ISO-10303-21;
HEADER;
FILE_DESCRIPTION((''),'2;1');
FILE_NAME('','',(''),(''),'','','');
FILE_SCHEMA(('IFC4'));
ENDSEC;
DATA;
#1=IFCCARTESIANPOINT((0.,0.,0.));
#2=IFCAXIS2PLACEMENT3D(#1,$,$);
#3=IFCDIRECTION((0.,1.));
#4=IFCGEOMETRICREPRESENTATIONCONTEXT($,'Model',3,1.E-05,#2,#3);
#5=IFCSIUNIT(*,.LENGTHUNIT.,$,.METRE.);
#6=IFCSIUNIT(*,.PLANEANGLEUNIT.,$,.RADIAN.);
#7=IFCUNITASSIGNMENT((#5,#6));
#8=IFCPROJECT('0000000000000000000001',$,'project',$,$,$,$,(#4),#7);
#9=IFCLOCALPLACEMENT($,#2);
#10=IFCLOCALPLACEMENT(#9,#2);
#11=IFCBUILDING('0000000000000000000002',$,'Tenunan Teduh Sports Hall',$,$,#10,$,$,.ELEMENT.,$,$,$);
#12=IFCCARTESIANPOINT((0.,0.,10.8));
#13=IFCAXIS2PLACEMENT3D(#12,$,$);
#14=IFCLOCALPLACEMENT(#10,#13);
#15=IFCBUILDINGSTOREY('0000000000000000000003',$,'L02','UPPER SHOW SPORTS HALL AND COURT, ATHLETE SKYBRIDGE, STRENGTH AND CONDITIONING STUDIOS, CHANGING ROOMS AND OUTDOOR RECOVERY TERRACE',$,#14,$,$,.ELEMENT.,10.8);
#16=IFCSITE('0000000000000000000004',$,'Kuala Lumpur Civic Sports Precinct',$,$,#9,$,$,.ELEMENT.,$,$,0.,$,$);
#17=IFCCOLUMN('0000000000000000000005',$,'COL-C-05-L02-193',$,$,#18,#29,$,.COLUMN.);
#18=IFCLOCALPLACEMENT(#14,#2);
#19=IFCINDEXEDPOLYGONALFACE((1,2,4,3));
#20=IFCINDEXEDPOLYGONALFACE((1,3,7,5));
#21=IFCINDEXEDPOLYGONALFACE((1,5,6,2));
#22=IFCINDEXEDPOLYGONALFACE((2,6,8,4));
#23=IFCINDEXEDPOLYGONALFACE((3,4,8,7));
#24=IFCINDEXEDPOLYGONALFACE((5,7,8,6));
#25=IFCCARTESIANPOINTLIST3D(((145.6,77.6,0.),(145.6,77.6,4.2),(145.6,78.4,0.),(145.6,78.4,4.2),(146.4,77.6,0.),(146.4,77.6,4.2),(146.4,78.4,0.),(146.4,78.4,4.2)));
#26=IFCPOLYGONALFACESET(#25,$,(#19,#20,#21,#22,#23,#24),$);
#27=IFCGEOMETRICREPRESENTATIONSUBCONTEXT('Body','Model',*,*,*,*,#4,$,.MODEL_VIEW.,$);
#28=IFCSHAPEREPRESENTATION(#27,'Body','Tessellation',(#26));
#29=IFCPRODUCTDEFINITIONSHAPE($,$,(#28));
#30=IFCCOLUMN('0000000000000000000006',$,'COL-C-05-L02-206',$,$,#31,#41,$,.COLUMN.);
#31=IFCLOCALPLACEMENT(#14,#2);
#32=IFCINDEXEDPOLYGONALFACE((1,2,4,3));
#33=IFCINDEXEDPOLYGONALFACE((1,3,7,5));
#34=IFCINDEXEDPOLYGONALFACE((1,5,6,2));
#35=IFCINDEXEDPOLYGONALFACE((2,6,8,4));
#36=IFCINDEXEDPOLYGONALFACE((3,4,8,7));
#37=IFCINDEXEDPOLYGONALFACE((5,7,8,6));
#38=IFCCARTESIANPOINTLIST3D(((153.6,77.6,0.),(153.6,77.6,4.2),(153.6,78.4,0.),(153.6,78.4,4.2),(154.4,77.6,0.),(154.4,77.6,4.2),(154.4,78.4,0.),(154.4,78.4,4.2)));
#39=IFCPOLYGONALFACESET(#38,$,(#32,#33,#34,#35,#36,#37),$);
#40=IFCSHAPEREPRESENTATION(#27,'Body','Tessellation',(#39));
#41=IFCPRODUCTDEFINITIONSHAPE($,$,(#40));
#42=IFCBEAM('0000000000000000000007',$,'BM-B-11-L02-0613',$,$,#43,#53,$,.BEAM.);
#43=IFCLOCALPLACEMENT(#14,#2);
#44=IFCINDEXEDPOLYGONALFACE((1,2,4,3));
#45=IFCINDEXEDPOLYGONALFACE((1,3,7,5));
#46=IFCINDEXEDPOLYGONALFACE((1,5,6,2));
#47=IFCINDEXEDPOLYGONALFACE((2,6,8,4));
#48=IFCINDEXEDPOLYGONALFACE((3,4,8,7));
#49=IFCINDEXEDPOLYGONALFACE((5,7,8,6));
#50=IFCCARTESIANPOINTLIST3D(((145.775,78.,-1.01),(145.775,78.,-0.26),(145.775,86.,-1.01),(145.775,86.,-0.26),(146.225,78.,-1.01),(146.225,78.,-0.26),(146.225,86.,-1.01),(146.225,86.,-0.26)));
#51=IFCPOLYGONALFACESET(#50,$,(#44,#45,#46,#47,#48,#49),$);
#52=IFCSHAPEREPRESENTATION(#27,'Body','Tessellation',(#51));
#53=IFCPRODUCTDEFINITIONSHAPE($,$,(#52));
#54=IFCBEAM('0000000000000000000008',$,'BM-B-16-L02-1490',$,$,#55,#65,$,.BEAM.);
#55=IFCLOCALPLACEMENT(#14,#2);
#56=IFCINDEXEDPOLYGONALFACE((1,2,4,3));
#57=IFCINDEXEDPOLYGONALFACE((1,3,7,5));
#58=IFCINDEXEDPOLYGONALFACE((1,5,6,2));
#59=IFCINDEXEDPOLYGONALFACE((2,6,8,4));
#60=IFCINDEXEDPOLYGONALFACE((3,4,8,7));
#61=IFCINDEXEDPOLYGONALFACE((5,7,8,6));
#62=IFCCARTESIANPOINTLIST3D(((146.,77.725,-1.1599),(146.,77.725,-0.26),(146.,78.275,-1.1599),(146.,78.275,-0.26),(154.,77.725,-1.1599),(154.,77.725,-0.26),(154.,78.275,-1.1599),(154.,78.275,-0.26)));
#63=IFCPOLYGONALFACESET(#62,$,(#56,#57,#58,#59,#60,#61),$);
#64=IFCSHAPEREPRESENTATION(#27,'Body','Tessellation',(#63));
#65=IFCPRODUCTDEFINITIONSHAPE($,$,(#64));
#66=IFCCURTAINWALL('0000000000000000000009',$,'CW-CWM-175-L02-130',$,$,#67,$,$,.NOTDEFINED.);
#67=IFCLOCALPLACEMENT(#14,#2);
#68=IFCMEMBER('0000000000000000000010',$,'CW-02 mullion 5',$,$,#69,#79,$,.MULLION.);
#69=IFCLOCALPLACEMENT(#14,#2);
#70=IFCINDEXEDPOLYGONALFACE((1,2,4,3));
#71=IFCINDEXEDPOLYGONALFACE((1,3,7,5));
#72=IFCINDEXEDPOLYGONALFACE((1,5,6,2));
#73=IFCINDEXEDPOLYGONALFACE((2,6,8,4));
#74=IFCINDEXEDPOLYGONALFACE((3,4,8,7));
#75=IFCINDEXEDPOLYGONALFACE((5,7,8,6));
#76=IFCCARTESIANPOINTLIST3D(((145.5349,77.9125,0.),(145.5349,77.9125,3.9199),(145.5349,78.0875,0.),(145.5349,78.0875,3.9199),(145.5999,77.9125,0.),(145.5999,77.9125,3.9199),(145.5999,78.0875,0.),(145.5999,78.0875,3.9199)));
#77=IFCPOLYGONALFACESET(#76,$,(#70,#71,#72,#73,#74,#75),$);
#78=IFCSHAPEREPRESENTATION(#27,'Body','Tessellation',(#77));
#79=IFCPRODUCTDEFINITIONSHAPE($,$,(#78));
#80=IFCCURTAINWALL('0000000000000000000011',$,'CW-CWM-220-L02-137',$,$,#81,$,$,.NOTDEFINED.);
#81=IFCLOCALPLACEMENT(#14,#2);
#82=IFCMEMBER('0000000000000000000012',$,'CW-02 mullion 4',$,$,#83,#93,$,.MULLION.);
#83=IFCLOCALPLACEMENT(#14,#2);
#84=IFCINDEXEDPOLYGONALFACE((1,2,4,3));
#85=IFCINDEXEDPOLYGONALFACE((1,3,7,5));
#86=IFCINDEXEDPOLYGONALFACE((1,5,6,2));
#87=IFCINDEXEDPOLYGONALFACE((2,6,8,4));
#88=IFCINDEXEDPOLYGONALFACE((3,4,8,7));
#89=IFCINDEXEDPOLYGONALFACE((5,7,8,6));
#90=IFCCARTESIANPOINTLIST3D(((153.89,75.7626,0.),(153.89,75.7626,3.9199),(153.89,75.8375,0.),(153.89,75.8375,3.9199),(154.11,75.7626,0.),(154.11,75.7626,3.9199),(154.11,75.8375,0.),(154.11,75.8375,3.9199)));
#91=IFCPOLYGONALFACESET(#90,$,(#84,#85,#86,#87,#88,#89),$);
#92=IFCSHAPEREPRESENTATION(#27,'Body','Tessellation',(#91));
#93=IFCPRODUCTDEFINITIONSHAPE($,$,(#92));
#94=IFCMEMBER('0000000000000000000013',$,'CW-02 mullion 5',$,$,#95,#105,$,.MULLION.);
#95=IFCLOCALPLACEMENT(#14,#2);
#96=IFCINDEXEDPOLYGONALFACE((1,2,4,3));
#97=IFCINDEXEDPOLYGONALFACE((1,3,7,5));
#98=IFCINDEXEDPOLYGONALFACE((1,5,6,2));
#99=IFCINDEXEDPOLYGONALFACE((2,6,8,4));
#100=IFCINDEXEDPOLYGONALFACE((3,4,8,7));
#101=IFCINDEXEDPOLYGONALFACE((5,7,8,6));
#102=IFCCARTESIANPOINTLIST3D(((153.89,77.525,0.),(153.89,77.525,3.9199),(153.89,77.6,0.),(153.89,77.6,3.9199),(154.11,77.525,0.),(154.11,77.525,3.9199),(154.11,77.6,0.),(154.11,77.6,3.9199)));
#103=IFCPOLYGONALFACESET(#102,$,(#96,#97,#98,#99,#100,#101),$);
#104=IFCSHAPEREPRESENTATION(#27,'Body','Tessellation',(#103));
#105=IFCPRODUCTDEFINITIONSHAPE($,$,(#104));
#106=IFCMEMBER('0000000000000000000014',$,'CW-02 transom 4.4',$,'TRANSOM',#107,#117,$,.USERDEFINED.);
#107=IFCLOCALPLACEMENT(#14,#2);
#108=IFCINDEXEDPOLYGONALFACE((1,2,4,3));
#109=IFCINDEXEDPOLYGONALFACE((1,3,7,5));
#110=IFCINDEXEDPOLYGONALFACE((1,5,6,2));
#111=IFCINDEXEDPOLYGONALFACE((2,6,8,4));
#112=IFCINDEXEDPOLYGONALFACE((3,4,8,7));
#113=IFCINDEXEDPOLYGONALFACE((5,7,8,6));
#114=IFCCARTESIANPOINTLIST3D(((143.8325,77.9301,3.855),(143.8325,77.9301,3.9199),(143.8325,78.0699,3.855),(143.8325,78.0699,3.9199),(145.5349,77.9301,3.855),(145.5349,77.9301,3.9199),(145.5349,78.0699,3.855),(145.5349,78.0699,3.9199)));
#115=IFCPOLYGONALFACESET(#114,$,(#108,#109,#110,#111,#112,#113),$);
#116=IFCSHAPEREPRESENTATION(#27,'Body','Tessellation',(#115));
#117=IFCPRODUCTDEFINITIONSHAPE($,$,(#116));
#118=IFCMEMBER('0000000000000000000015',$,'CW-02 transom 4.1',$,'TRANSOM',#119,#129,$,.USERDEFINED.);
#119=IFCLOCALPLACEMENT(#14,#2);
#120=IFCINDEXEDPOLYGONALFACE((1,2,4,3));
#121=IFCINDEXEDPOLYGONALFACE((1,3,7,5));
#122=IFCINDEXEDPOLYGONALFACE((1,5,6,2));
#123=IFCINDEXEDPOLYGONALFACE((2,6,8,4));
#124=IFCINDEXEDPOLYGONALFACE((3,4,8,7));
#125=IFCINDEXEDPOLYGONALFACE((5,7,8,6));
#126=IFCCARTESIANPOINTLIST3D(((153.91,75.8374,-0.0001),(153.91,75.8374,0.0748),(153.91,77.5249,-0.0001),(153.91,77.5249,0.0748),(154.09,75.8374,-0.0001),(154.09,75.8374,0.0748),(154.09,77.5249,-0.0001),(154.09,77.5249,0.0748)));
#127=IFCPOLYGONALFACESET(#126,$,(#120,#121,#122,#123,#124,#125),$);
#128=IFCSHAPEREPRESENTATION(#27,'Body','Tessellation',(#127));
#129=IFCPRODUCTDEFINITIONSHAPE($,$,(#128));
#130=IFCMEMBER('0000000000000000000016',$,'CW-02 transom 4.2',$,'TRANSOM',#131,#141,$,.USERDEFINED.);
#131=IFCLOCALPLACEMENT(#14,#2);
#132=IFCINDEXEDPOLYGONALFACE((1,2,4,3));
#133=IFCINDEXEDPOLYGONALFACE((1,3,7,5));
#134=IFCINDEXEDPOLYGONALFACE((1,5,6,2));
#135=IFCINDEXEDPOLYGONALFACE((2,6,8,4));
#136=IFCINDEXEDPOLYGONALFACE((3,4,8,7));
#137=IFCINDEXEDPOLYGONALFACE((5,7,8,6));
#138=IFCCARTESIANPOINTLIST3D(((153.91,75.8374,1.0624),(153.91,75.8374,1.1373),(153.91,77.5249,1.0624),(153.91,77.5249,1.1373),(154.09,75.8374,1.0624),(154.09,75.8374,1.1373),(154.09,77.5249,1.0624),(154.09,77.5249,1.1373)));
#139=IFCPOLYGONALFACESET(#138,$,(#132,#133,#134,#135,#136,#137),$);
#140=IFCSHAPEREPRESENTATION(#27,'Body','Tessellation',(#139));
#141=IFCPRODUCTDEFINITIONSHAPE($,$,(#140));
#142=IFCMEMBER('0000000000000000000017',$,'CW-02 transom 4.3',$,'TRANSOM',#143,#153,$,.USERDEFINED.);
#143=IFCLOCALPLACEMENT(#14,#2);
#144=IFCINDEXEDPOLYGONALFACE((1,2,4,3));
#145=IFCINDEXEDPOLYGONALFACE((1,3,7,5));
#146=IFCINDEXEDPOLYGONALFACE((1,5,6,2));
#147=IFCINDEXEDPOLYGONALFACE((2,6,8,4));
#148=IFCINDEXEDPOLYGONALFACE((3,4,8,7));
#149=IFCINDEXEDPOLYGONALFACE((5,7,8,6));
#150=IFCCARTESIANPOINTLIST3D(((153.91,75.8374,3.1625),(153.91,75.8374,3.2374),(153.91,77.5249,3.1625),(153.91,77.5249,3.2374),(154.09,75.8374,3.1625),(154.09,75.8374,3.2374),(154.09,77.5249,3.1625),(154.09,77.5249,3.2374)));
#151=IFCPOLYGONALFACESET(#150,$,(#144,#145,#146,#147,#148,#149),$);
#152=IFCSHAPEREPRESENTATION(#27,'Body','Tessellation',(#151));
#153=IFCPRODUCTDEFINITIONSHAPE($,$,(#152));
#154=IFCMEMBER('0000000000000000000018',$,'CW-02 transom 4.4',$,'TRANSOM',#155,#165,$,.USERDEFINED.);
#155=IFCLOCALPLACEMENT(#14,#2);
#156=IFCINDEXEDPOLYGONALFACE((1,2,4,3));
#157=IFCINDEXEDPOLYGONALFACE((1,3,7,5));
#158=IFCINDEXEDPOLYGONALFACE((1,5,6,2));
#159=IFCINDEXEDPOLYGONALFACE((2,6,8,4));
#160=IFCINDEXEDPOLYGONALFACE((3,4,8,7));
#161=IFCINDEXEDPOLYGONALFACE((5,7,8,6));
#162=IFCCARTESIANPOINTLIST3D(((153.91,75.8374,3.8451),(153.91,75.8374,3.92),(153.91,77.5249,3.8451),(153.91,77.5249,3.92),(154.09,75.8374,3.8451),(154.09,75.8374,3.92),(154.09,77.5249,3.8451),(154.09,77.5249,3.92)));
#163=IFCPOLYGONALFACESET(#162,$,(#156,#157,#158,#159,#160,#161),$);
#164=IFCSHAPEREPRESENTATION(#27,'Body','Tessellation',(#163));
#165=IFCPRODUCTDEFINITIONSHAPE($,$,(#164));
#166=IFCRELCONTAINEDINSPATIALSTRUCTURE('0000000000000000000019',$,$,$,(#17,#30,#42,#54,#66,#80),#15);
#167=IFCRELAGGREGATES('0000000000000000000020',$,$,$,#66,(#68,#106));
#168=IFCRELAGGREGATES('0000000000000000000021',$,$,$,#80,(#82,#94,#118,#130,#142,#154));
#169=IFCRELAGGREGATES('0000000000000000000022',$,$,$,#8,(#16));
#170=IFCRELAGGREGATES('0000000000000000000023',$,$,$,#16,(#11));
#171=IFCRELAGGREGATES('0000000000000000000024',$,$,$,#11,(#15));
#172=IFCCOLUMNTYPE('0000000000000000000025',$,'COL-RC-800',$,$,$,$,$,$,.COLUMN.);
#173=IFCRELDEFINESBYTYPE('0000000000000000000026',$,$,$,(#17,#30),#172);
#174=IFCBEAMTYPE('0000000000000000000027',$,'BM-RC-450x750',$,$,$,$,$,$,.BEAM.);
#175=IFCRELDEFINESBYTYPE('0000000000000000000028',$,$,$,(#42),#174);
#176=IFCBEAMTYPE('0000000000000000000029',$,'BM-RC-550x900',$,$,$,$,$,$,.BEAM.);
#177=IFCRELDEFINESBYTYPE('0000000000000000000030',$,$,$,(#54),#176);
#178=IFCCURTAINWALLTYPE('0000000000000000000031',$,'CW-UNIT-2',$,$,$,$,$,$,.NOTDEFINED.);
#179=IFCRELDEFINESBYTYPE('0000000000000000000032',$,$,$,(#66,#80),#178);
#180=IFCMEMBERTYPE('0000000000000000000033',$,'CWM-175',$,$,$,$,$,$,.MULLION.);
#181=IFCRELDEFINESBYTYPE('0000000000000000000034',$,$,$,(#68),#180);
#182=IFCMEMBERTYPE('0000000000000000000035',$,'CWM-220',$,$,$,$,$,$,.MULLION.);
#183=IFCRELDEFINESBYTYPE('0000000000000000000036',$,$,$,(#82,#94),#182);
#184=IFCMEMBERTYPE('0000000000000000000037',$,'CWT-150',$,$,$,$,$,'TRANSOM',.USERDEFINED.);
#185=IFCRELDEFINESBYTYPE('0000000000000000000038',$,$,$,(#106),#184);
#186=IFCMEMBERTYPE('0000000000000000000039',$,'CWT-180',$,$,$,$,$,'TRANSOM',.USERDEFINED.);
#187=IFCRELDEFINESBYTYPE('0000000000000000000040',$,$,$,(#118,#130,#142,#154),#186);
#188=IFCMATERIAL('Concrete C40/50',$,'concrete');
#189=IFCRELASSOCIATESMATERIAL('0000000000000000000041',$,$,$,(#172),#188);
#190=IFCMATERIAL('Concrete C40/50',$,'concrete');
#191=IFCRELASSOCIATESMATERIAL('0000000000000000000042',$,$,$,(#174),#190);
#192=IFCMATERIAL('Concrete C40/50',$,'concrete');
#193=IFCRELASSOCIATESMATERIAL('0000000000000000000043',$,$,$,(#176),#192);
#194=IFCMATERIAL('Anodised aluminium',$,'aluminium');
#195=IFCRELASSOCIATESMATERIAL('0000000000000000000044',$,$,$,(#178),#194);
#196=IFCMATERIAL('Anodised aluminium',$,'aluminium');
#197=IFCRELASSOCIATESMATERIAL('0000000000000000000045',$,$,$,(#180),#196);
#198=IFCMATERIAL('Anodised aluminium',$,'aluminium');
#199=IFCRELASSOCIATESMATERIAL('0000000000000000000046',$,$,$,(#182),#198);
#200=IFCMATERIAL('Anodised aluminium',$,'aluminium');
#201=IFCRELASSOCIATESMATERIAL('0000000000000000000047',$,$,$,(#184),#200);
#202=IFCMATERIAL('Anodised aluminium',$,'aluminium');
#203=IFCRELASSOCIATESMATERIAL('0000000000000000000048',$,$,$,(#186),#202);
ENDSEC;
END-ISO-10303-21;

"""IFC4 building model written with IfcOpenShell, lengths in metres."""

from ifc_helpers import new_model, si_unit, direction, frame, origin, origin_2d, place, context, subcontext, project, spatial, rectangle, extrude, material, material_profile, profile_set, type_object, element, aggregate, save


model = new_model("IFC4")

# Units and contexts
model_context = context("Model", 3, precision=1e-05, world=origin(), true_north=direction((0.0, 1.0)))
body_context = subcontext(model_context, "Body", "Model", "MODEL_VIEW")
ifc_project = project(units=[si_unit("LENGTHUNIT", "METRE"), si_unit("PLANEANGLEUNIT", "RADIAN")], contexts=[model_context])

# Site, building, storey
site_placement = place(None, origin())
site = spatial("IfcSite", under=ifc_project, at=site_placement, Name="Kuala Lumpur Civic Sports Precinct", CompositionType="ELEMENT", RefElevation=0.0)
building_placement = place(site_placement, origin())
building = spatial("IfcBuilding", under=site, at=building_placement, Name="Tenunan Teduh Sports Hall", CompositionType="ELEMENT")
storey_placement = place(building_placement, frame((0.0, 0.0, 10.8)))
storey = spatial("IfcBuildingStorey", under=building, at=storey_placement, Name="L02", Description="UPPER SHOW SPORTS HALL AND COURT, ATHLETE SKYBRIDGE, STRENGTH AND CONDITIONING STUDIOS, CHANGING ROOMS AND OUTDOOR RECOVERY TERRACE", CompositionType="ELEMENT", Elevation=10.8)

# Columns
ifc_material_1 = material(Name="Concrete C40/50", Category="concrete")
ifc_material_profile_1 = material_profile(ifc_material_1, rectangle(XDim=0.8, YDim=0.8, at=origin_2d()), Name="RC 800x800")
ifc_profile_set_1 = profile_set([ifc_material_profile_1], Name="Concrete C40/50")
column_type = type_object("IfcColumnType", Name="COL-RC-800", PredefinedType="COLUMN", material=ifc_profile_set_1)
for number, where, z_axis, x_axis, name in (
    (1, (146.0, 78.0, 0.0), (0.0, 0.0, 1.0), (1.0, 0.0, 0.0), "COL-C-05-L02-193"),
    (2, (154.0, 78.0, 0.0), (0.0, 0.0, 1.0), (1.0, 0.0, 0.0), "COL-C-05-L02-206"),
):
    element("IfcColumn", number, at=place(storey_placement, frame(where, z_axis=z_axis, x_axis=x_axis)), inside=storey, type_object=column_type, Name=name, PredefinedType="COLUMN", context=body_context, shape_type="SweptSolid", body=[
        extrude(rectangle(XDim=0.8, YDim=0.8, at=origin_2d()), origin(), (0.0, 0.0, 1.0), 4.2),
    ])

# Beams
ifc_material_2 = material(Name="Concrete C40/50", Category="concrete")
ifc_material_profile_2 = material_profile(ifc_material_2, rectangle(XDim=0.45, YDim=0.75, at=origin_2d()), Name="RCB 450x750")
ifc_profile_set_2 = profile_set([ifc_material_profile_2], Name="Concrete C40/50")
beam_type_1 = type_object("IfcBeamType", Name="BM-RC-450x750", PredefinedType="BEAM", material=ifc_profile_set_2)
beam_1_placement = place(storey_placement, frame((146.0, 78.0, -0.635), z_axis=(0.0, 1.0, 0.0), x_axis=(-1.0, 0.0, 0.0)))
element("IfcBeam", 3, at=beam_1_placement, inside=storey, type_object=beam_type_1, Name="BM-B-11-L02-0613", PredefinedType="BEAM", context=body_context, shape_type="SweptSolid", body=[
    extrude(rectangle(XDim=0.45, YDim=0.75, at=origin_2d()), origin(), (0.0, 0.0, 1.0), 8.0),
])
ifc_material_3 = material(Name="Concrete C40/50", Category="concrete")
ifc_material_profile_3 = material_profile(ifc_material_3, rectangle(XDim=0.55, YDim=0.8999, at=origin_2d()), Name="RCB 550x900")
ifc_profile_set_3 = profile_set([ifc_material_profile_3], Name="Concrete C40/50")
beam_type_2 = type_object("IfcBeamType", Name="BM-RC-550x900", PredefinedType="BEAM", material=ifc_profile_set_3)
beam_2_placement = place(storey_placement, frame((146.0, 78.0, -0.71), z_axis=(1.0, 0.0, 0.0), x_axis=(0.0, 1.0, 0.0)))
element("IfcBeam", 4, at=beam_2_placement, inside=storey, type_object=beam_type_2, Name="BM-B-16-L02-1490", PredefinedType="BEAM", context=body_context, shape_type="SweptSolid", body=[
    extrude(rectangle(XDim=0.55, YDim=0.8999, at=origin_2d()), origin(), (0.0, 0.0, 1.0), 8.0),
])

# Curtain wall, member
ifc_material_4 = material(Name="Anodised aluminium", Category="aluminium")
curtain_wall_type = type_object("IfcCurtainWallType", Name="CW-UNIT-2", PredefinedType="NOTDEFINED", material=ifc_material_4)
curtain_wall_1_placement = place(storey_placement, origin())
curtain_wall_1 = element("IfcCurtainWall", 5, at=curtain_wall_1_placement, inside=storey, type_object=curtain_wall_type, Name="CW-CWM-175-L02-130", PredefinedType="NOTDEFINED")
ifc_material_5 = material(Name="Anodised aluminium", Category="aluminium")
ifc_material_profile_4 = material_profile(ifc_material_5, rectangle(XDim=0.0649, YDim=0.175, at=origin_2d()), Name="CWM 65x175")
ifc_profile_set_4 = profile_set([ifc_material_profile_4], Name="Anodised aluminium")
member_type_1 = type_object("IfcMemberType", Name="CWM-175", PredefinedType="MULLION", material=ifc_profile_set_4)
member_1_placement = place(storey_placement, frame((145.5674, 78.0, 0.0), z_axis=(0.0, 0.0, 1.0), x_axis=(1.0, 0.0, 0.0)))
member_1 = element("IfcMember", 6, at=member_1_placement, type_object=member_type_1, Name="CW-02 mullion 5", PredefinedType="MULLION", context=body_context, shape_type="SweptSolid", body=[
    extrude(rectangle(XDim=0.0649, YDim=0.175, at=origin_2d()), origin(), (0.0, 0.0, 1.0), 3.9199),
])

# Curtain wall, members
curtain_wall_2_placement = place(storey_placement, origin())
curtain_wall_2 = element("IfcCurtainWall", 7, at=curtain_wall_2_placement, inside=storey, type_object=curtain_wall_type, Name="CW-CWM-220-L02-137", PredefinedType="NOTDEFINED")
ifc_material_6 = material(Name="Anodised aluminium", Category="aluminium")
ifc_material_profile_5 = material_profile(ifc_material_6, rectangle(XDim=0.075, YDim=0.22, at=origin_2d()), Name="CWM 75x220")
ifc_profile_set_5 = profile_set([ifc_material_profile_5], Name="Anodised aluminium")
member_type_2 = type_object("IfcMemberType", Name="CWM-220", PredefinedType="MULLION", material=ifc_profile_set_5)
member_2_placement = place(storey_placement, frame((154.0, 75.8, 0.0), z_axis=(0.0, 0.0, 1.0), x_axis=(0.0, 1.0, 0.0)))
member_2 = element("IfcMember", 8, at=member_2_placement, type_object=member_type_2, Name="CW-02 mullion 4", PredefinedType="MULLION", context=body_context, shape_type="SweptSolid", body=[
    extrude(rectangle(XDim=0.075, YDim=0.22, at=origin_2d()), origin(), (0.0, 0.0, 1.0), 3.9199),
])
member_3_placement = place(storey_placement, frame((154.0, 77.5625, 0.0), z_axis=(0.0, 0.0, 1.0), x_axis=(0.0, 1.0, 0.0)))
member_3 = element("IfcMember", 9, at=member_3_placement, type_object=member_type_2, Name="CW-02 mullion 5", PredefinedType="MULLION", context=body_context, shape_type="SweptSolid", body=[
    extrude(rectangle(XDim=0.075, YDim=0.22, at=origin_2d()), origin(), (0.0, 0.0, 1.0), 3.9199),
])

# Members
ifc_material_7 = material(Name="Anodised aluminium", Category="aluminium")
ifc_material_profile_6 = material_profile(ifc_material_7, rectangle(XDim=0.0649, YDim=0.1399, at=origin_2d()), Name="CWT 65x140")
ifc_profile_set_6 = profile_set([ifc_material_profile_6], Name="Anodised aluminium")
member_type_3 = type_object("IfcMemberType", Name="CWT-150", ElementType="TRANSOM", PredefinedType="USERDEFINED", material=ifc_profile_set_6)
member_4_placement = place(storey_placement, frame((143.8325, 78.0, 3.8875), z_axis=(1.0, 0.0, 0.0), x_axis=(0.0, 0.0, 1.0)))
member_4 = element("IfcMember", 10, at=member_4_placement, type_object=member_type_3, Name="CW-02 transom 4.4", ObjectType="TRANSOM", PredefinedType="USERDEFINED", context=body_context, shape_type="SweptSolid", body=[
    extrude(rectangle(XDim=0.0649, YDim=0.1399, at=origin_2d()), origin(), (0.0, 0.0, 1.0), 1.7024),
])
ifc_material_8 = material(Name="Anodised aluminium", Category="aluminium")
ifc_material_profile_7 = material_profile(ifc_material_8, rectangle(XDim=0.075, YDim=0.1799, at=origin_2d()), Name="CWT 75x180")
ifc_profile_set_7 = profile_set([ifc_material_profile_7], Name="Anodised aluminium")
member_type_4 = type_object("IfcMemberType", Name="CWT-180", ElementType="TRANSOM", PredefinedType="USERDEFINED", material=ifc_profile_set_7)
member_5_placement = place(storey_placement, frame((154.0, 75.8374, 0.0374), z_axis=(0.0, 1.0, 0.0), x_axis=(0.0, 0.0, 1.0)))
member_5 = element("IfcMember", 11, at=member_5_placement, type_object=member_type_4, Name="CW-02 transom 4.1", ObjectType="TRANSOM", PredefinedType="USERDEFINED", context=body_context, shape_type="SweptSolid", body=[
    extrude(rectangle(XDim=0.075, YDim=0.1799, at=origin_2d()), origin(), (0.0, 0.0, 1.0), 1.6875),
])
member_6_placement = place(storey_placement, frame((154.0, 75.8374, 1.0999), z_axis=(0.0, 1.0, 0.0), x_axis=(0.0, 0.0, 1.0)))
member_6 = element("IfcMember", 12, at=member_6_placement, type_object=member_type_4, Name="CW-02 transom 4.2", ObjectType="TRANSOM", PredefinedType="USERDEFINED", context=body_context, shape_type="SweptSolid", body=[
    extrude(rectangle(XDim=0.075, YDim=0.1799, at=origin_2d()), origin(), (0.0, 0.0, 1.0), 1.6875),
])
member_7_placement = place(storey_placement, frame((154.0, 75.8374, 3.2), z_axis=(0.0, 1.0, 0.0), x_axis=(0.0, 0.0, 1.0)))
member_7 = element("IfcMember", 13, at=member_7_placement, type_object=member_type_4, Name="CW-02 transom 4.3", ObjectType="TRANSOM", PredefinedType="USERDEFINED", context=body_context, shape_type="SweptSolid", body=[
    extrude(rectangle(XDim=0.075, YDim=0.1799, at=origin_2d()), origin(), (0.0, 0.0, 1.0), 1.6875),
])
member_8_placement = place(storey_placement, frame((154.0, 75.8374, 3.8826), z_axis=(0.0, 1.0, 0.0), x_axis=(0.0, 0.0, 1.0)))
member_8 = element("IfcMember", 14, at=member_8_placement, type_object=member_type_4, Name="CW-02 transom 4.4", ObjectType="TRANSOM", PredefinedType="USERDEFINED", context=body_context, shape_type="SweptSolid", body=[
    extrude(rectangle(XDim=0.075, YDim=0.1799, at=origin_2d()), origin(), (0.0, 0.0, 1.0), 1.6875),
])

aggregate(curtain_wall_1, [member_1, member_4])
aggregate(curtain_wall_2, [member_2, member_3, member_5, member_6, member_7, member_8])

save(model, "model.ifc")
